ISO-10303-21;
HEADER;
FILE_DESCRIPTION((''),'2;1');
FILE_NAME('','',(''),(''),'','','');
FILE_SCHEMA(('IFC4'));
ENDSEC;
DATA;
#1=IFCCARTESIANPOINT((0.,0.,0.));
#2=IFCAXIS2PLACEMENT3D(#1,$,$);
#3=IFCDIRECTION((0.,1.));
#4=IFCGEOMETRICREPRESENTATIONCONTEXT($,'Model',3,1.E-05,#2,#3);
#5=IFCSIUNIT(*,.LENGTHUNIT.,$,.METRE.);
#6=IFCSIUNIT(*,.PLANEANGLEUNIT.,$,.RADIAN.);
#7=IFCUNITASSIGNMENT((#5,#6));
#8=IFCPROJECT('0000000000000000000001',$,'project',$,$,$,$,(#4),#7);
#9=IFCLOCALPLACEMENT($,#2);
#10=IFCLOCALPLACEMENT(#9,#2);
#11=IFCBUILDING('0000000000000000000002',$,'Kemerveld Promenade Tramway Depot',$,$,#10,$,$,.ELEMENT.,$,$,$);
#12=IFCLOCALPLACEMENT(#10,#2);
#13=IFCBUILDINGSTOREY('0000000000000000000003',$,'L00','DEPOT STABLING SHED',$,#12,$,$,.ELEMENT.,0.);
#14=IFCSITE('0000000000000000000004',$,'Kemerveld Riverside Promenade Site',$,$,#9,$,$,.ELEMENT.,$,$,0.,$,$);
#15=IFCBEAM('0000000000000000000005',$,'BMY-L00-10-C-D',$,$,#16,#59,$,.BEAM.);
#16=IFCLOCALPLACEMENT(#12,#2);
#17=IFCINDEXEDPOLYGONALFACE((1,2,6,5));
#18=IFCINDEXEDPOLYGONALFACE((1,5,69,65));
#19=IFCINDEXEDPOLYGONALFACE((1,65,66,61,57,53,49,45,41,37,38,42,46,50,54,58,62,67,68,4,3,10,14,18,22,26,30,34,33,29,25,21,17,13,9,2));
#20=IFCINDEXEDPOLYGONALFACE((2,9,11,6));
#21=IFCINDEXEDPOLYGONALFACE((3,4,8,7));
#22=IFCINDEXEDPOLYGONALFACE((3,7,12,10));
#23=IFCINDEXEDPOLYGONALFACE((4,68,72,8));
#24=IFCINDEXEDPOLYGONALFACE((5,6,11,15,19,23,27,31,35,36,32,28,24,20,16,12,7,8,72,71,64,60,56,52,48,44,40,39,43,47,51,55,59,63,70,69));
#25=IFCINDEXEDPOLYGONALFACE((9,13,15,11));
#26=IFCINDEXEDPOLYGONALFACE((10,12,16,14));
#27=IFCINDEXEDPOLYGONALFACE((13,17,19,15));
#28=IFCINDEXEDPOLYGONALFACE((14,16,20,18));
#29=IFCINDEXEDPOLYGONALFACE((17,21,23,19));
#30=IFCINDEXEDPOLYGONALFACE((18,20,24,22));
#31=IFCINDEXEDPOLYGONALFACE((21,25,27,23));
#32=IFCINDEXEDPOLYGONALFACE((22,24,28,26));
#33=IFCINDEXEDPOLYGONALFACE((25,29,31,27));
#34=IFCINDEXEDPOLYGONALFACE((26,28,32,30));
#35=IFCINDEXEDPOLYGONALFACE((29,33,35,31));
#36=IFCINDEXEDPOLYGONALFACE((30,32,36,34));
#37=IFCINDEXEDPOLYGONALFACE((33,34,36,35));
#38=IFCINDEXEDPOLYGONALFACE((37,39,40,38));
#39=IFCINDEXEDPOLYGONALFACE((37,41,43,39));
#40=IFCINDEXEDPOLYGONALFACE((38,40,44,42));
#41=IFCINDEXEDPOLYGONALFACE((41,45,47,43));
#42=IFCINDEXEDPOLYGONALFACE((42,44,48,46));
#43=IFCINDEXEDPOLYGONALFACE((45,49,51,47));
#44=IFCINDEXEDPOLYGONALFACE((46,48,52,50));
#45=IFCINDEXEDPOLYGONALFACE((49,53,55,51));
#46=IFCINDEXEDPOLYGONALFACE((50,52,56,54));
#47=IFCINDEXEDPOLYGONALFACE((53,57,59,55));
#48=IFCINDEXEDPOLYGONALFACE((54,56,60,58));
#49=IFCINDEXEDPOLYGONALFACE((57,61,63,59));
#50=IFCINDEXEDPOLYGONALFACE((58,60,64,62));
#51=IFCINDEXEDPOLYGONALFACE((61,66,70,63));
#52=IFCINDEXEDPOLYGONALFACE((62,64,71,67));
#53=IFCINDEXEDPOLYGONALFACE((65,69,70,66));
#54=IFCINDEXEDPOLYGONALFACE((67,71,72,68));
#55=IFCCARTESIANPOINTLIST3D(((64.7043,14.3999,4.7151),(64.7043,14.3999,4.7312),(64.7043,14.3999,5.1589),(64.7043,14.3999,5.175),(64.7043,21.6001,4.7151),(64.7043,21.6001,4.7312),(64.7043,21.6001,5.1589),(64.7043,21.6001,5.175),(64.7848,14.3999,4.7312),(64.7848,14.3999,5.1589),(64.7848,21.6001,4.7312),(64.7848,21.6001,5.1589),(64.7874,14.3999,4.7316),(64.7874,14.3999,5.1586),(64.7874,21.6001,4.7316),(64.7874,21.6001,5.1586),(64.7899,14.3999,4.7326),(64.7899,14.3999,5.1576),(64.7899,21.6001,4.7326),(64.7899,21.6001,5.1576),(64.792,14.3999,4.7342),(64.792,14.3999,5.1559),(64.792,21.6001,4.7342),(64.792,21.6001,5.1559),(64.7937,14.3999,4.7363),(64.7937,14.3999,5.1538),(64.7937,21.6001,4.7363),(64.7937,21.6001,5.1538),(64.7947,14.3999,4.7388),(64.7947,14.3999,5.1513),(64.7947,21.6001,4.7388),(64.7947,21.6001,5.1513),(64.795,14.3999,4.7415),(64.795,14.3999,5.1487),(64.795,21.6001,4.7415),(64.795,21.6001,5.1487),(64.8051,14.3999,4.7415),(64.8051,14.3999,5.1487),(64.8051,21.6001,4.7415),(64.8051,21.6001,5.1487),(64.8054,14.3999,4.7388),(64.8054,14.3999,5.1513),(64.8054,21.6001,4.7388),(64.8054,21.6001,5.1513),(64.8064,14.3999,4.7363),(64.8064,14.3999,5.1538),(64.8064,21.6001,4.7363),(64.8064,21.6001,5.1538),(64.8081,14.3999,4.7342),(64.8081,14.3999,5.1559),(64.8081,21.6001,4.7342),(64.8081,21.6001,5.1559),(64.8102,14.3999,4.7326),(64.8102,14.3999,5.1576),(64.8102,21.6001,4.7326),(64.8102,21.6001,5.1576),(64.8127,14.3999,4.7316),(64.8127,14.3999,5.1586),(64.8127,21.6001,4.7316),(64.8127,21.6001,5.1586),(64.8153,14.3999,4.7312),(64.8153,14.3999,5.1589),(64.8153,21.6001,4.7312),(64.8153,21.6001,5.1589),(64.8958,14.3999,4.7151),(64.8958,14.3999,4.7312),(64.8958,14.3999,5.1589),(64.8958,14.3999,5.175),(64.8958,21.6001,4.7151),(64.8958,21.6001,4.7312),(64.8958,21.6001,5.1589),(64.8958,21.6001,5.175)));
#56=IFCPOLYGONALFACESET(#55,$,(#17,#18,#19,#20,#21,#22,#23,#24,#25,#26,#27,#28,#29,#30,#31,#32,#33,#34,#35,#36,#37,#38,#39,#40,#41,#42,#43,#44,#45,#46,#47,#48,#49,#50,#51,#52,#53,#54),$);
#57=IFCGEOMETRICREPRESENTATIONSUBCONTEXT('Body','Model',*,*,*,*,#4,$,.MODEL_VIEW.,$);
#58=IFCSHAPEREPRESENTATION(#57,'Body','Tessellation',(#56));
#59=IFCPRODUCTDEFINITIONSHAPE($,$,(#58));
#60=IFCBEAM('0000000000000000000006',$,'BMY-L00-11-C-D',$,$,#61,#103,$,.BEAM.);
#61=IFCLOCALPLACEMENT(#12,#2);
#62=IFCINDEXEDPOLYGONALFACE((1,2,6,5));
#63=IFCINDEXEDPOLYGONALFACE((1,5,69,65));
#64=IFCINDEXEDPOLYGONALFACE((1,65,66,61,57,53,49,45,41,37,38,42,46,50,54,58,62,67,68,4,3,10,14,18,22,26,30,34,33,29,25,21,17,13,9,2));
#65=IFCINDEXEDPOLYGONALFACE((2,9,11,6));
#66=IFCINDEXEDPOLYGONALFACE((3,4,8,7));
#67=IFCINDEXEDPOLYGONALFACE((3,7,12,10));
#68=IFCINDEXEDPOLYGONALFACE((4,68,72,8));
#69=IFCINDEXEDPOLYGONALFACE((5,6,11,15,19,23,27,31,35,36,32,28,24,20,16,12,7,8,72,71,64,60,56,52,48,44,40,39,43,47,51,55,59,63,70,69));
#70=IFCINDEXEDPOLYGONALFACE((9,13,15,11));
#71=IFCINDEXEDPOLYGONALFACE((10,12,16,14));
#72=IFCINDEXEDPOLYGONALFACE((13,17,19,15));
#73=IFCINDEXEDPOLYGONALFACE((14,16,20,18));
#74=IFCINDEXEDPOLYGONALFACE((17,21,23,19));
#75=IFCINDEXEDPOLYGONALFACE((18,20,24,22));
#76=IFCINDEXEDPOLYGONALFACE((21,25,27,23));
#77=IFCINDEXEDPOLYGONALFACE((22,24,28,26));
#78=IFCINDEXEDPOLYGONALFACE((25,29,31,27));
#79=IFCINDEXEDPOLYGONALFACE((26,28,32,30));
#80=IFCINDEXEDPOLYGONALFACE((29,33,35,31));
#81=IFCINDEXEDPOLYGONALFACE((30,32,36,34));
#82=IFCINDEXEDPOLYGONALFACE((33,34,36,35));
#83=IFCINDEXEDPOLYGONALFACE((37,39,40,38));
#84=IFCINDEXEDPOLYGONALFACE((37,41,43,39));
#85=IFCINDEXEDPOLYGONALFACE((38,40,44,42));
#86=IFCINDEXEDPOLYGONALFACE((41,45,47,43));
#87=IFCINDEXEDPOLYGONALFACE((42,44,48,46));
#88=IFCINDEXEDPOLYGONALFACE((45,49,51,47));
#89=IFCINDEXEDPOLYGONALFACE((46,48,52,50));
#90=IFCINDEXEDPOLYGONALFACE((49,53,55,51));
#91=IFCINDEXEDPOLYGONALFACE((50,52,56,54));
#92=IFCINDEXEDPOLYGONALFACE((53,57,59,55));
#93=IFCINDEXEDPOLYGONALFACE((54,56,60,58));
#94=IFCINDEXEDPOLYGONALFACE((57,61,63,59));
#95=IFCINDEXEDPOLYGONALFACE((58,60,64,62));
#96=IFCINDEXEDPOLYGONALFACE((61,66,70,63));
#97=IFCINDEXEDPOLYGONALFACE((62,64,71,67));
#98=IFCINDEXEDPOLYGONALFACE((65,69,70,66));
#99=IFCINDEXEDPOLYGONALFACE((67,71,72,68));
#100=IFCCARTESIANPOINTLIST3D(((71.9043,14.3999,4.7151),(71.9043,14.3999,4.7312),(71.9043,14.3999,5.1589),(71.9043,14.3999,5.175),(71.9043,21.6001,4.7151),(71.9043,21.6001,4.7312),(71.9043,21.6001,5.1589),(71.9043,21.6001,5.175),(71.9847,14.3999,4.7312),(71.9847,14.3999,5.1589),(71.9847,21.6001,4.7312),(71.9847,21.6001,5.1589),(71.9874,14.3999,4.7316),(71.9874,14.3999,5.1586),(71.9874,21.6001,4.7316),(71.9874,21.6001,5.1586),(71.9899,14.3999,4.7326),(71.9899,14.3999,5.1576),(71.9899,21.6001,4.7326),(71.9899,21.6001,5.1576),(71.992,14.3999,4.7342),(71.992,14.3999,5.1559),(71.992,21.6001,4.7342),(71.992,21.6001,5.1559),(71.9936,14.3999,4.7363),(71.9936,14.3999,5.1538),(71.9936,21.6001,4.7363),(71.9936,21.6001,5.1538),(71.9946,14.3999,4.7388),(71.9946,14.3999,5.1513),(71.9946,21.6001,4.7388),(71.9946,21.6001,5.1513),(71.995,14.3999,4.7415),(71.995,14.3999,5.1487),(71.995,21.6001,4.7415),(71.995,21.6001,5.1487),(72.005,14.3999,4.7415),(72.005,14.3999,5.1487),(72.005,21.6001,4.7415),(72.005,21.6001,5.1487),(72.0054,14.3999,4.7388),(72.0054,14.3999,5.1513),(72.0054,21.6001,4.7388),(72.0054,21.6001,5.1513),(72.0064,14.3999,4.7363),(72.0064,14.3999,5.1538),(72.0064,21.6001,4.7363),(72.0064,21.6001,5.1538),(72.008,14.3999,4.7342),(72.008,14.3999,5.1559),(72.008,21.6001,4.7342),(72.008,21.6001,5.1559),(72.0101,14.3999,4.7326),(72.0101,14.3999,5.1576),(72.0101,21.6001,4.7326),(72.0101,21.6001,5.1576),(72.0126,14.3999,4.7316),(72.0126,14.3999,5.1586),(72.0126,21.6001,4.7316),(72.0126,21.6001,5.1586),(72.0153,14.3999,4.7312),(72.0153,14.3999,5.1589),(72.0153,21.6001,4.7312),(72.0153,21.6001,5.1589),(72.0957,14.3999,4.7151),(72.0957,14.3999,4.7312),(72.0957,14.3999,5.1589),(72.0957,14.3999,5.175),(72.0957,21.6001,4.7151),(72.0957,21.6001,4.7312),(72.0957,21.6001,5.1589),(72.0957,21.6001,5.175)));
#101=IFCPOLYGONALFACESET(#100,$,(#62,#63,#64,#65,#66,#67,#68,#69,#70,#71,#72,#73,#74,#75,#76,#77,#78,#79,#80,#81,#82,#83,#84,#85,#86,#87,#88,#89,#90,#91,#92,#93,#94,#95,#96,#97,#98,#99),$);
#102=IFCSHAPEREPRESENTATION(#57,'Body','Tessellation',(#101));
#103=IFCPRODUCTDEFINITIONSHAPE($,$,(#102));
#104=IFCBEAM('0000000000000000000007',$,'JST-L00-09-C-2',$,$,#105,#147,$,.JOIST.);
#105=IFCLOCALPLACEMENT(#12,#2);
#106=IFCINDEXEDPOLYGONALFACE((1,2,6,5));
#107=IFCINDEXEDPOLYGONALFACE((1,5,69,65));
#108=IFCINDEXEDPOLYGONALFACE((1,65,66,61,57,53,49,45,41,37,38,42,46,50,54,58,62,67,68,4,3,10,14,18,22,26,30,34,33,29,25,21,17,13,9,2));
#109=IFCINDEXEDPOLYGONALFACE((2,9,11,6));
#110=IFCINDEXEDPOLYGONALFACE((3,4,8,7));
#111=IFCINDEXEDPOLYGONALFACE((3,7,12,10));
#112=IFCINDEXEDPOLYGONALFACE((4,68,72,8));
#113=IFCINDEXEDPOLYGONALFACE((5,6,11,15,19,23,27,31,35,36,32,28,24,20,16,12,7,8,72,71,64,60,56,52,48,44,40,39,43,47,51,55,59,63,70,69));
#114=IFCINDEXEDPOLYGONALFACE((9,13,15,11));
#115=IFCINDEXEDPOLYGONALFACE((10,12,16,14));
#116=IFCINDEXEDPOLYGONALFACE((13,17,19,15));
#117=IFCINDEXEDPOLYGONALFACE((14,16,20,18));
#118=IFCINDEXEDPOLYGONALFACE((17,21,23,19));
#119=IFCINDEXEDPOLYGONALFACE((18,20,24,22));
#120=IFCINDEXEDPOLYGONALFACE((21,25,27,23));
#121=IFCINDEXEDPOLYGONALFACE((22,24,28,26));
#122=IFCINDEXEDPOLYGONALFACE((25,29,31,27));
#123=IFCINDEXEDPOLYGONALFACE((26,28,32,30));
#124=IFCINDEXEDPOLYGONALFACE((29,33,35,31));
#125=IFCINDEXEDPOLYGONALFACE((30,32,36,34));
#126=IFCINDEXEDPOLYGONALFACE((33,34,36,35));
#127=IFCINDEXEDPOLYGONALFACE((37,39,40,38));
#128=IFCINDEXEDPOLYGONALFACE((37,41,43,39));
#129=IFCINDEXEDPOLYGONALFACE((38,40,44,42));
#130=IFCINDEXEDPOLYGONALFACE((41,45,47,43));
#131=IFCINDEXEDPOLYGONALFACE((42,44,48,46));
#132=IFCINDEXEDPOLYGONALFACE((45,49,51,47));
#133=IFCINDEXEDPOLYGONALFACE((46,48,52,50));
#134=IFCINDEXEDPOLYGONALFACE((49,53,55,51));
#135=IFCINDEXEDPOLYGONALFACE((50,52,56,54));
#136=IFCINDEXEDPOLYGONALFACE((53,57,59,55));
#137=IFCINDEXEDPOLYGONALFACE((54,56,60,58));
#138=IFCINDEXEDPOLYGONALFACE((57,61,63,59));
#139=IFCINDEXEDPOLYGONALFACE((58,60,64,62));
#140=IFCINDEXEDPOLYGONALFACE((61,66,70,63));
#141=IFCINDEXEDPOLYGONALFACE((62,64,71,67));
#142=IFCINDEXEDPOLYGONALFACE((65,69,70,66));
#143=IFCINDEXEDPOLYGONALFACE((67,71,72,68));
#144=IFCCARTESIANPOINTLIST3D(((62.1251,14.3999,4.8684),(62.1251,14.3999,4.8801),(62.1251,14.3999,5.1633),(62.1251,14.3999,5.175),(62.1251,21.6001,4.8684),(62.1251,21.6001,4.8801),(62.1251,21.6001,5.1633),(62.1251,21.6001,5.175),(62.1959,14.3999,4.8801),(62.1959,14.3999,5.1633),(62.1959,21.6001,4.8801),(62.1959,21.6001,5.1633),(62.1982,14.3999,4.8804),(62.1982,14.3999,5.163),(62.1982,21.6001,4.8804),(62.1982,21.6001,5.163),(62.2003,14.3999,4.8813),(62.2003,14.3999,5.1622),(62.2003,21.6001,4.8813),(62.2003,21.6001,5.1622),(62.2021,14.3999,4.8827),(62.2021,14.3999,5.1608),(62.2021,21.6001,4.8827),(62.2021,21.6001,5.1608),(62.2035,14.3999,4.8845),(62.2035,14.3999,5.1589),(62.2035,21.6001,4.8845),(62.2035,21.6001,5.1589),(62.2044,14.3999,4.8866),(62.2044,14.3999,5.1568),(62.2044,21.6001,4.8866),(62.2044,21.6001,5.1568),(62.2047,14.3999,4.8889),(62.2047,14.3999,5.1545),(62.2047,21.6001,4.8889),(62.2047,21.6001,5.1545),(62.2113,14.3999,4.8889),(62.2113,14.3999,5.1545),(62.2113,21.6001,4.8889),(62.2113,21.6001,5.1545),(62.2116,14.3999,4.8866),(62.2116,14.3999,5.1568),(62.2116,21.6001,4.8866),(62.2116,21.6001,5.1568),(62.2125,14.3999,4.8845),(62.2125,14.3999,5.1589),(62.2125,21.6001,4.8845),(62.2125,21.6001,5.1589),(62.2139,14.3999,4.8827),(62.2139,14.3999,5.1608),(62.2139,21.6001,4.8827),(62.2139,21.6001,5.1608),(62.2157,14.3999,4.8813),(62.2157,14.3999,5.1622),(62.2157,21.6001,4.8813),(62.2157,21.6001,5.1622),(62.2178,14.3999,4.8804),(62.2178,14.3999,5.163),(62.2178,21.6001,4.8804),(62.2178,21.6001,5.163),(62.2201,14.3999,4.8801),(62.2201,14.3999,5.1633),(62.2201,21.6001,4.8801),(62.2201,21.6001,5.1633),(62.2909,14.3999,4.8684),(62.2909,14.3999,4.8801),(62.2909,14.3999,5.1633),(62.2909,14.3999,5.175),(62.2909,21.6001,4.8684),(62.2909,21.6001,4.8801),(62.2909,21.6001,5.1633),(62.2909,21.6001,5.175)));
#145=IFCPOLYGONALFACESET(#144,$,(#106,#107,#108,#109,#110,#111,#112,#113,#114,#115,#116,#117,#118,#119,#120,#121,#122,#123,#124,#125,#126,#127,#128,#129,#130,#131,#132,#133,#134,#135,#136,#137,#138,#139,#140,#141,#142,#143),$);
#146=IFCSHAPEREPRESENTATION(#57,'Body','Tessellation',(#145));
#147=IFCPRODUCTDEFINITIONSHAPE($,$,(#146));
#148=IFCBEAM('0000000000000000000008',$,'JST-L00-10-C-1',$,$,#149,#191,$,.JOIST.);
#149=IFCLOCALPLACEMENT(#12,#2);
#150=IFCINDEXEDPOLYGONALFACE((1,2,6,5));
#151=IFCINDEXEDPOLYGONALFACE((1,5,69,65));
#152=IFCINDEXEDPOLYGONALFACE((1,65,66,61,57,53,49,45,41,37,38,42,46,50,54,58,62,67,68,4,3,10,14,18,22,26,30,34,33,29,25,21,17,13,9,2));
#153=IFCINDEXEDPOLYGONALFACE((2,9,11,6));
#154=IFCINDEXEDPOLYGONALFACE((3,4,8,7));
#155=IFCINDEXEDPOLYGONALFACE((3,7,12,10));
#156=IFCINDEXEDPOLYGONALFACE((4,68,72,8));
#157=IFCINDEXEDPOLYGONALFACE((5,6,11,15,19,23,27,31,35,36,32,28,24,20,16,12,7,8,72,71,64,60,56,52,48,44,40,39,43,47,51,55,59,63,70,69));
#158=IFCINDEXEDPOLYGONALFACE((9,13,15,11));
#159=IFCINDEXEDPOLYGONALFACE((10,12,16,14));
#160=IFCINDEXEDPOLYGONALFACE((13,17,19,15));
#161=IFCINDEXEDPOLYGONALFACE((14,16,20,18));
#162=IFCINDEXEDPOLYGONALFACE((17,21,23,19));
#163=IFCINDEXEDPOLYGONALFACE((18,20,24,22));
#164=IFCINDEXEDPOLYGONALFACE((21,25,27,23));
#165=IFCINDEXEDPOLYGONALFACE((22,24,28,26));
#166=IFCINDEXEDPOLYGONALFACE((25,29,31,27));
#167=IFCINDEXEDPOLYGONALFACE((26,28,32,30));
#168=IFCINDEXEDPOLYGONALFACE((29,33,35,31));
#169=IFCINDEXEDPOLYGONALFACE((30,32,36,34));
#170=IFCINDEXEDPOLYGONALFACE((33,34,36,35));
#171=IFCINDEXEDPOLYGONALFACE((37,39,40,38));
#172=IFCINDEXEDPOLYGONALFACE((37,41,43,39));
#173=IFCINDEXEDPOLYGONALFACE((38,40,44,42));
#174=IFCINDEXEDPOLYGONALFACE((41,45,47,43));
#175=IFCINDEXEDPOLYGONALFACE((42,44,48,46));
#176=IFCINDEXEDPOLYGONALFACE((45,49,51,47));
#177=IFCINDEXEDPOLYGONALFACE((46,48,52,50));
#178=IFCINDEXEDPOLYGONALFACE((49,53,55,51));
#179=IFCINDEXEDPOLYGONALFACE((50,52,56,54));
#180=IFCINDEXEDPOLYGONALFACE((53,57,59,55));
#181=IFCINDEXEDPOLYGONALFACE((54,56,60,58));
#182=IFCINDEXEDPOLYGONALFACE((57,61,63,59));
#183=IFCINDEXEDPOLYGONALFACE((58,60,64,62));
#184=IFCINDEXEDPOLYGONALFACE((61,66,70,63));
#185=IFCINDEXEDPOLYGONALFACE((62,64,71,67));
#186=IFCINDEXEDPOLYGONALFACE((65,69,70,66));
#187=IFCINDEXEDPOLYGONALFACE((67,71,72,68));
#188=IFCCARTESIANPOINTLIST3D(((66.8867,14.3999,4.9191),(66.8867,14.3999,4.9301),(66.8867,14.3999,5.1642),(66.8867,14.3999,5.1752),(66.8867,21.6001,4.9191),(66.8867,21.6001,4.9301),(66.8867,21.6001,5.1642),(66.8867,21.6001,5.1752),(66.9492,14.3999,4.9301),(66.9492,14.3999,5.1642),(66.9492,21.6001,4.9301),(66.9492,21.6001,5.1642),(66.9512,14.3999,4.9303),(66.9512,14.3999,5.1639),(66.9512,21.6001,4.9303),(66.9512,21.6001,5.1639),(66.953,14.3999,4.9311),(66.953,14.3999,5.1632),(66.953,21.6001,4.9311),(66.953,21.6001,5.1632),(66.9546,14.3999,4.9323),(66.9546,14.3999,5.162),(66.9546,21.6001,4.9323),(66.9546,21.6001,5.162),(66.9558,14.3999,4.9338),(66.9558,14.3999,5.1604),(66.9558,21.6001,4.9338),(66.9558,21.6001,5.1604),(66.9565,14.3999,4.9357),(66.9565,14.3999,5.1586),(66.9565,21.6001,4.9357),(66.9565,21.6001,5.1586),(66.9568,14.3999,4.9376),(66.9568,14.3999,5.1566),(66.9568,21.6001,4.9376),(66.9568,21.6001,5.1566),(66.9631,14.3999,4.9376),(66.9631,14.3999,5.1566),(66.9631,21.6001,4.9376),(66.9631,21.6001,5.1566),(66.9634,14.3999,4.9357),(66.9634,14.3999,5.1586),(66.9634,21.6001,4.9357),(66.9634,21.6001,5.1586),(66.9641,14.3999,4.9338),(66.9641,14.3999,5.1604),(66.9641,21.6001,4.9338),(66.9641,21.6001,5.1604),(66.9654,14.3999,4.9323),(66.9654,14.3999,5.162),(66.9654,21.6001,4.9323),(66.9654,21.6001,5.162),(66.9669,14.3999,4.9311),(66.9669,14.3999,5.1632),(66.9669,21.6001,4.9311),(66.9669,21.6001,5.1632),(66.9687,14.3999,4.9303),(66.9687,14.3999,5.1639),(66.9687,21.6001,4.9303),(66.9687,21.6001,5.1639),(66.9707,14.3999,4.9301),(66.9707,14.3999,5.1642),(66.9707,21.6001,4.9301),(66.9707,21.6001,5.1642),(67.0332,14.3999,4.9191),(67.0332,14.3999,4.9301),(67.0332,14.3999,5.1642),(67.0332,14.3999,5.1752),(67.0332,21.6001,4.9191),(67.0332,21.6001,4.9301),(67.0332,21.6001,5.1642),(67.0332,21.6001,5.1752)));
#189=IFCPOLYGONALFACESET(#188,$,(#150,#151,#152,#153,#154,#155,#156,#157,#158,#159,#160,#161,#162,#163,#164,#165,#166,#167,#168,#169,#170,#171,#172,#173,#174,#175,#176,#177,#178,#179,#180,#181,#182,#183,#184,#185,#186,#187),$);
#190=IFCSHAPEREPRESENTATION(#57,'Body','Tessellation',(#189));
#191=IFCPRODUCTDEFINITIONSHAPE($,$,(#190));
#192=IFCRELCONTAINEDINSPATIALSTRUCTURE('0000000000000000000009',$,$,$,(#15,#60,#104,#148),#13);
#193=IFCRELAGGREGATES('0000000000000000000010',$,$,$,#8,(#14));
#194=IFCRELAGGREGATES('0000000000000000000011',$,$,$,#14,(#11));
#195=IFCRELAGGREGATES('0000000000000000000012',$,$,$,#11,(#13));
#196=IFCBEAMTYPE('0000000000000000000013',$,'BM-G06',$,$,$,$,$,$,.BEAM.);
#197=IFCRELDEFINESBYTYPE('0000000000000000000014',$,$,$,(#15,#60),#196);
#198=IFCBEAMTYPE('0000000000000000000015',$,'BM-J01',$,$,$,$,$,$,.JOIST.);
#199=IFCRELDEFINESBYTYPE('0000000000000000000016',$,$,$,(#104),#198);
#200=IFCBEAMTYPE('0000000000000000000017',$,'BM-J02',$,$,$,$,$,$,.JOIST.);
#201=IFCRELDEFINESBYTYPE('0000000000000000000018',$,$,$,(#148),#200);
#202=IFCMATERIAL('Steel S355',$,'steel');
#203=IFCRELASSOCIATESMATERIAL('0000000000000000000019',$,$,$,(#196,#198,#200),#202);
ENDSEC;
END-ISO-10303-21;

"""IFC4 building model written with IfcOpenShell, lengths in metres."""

from ifc_helpers import new_model, si_unit, direction, frame, origin, origin_2d, place, context, subcontext, project, spatial, i_section, extrude, material, material_profile, profile_set, type_object, element, save


model = new_model("IFC4")

# Units and contexts
model_context = context("Model", 3, precision=1e-05, world=origin(), true_north=direction((0.0, 1.0)))
body_context = subcontext(model_context, "Body", "Model", "MODEL_VIEW")
ifc_project = project(units=[si_unit("LENGTHUNIT", "METRE"), si_unit("PLANEANGLEUNIT", "RADIAN")], contexts=[model_context])

# Site, building, storey
site_placement = place(None, origin())
site = spatial("IfcSite", under=ifc_project, at=site_placement, Name="Kemerveld Riverside Promenade Site", CompositionType="ELEMENT", RefElevation=0.0)
building_placement = place(site_placement, origin())
building = spatial("IfcBuilding", under=site, at=building_placement, Name="Kemerveld Promenade Tramway Depot", CompositionType="ELEMENT")
storey_placement = place(building_placement, origin())
storey = spatial("IfcBuildingStorey", under=building, at=storey_placement, Name="L00", Description="DEPOT STABLING SHED", CompositionType="ELEMENT", Elevation=0.0)

# Shared definitions
ifc_material_1 = material(Name="Steel S355", Category="steel")

# Beams
ifc_material_profile_1 = material_profile(ifc_material_1, i_section(OverallWidth=0.1914, OverallDepth=0.46, WebThickness=0.01, FlangeThickness=0.0161, FilletRadius=0.0103, at=origin_2d()), Name="457x191x82 UB")
ifc_profile_set_1 = profile_set([ifc_material_profile_1], Name="Steel S355")
beam_type_1 = type_object("IfcBeamType", Name="BM-G06", PredefinedType="BEAM", material=ifc_profile_set_1)
for number, where, z_axis, x_axis, name in (
    (1, (64.8, 14.3999, 4.9451), (0.0, 1.0, 0.0), (-1.0, 0.0, 0.0), "BMY-L00-10-C-D"),
    (2, (72.0, 14.3999, 4.9451), (0.0, 1.0, 0.0), (-1.0, 0.0, 0.0), "BMY-L00-11-C-D"),
):
    element("IfcBeam", number, at=place(storey_placement, frame(where, z_axis=z_axis, x_axis=x_axis)), inside=storey, type_object=beam_type_1, Name=name, PredefinedType="BEAM", context=body_context, shape_type="SweptSolid", body=[
        extrude(i_section(OverallWidth=0.1914, OverallDepth=0.46, WebThickness=0.01, FlangeThickness=0.0161, FilletRadius=0.0103, at=origin_2d()), origin(), (0.0, 0.0, 1.0), 7.2002),
    ])
ifc_material_profile_2 = material_profile(ifc_material_1, i_section(OverallWidth=0.1658, OverallDepth=0.3066, WebThickness=0.0066, FlangeThickness=0.0117, FilletRadius=0.0088, at=origin_2d()), Name="305x165x46 UB")
ifc_profile_set_2 = profile_set([ifc_material_profile_2], Name="Steel S355")
beam_type_2 = type_object("IfcBeamType", Name="BM-J01", PredefinedType="JOIST", material=ifc_profile_set_2)
beam_placement = place(storey_placement, frame((62.208, 14.3999, 5.0217), z_axis=(0.0, 1.0, 0.0), x_axis=(-1.0, 0.0, 0.0)))
element("IfcBeam", 3, at=beam_placement, inside=storey, type_object=beam_type_2, Name="JST-L00-09-C-2", PredefinedType="JOIST", context=body_context, shape_type="SweptSolid", body=[
    extrude(i_section(OverallWidth=0.1658, OverallDepth=0.3066, WebThickness=0.0066, FlangeThickness=0.0117, FilletRadius=0.0088, at=origin_2d()), origin(), (0.0, 0.0, 1.0), 7.2002),
])
ifc_material_profile_3 = material_profile(ifc_material_1, i_section(OverallWidth=0.1465, OverallDepth=0.2561, WebThickness=0.0063, FlangeThickness=0.011, FilletRadius=0.0076, at=origin_2d()), Name="254x146x37 UB")
ifc_profile_set_3 = profile_set([ifc_material_profile_3], Name="Steel S355")
beam_type_3 = type_object("IfcBeamType", Name="BM-J02", PredefinedType="JOIST", material=ifc_profile_set_3)
for number, where, z_axis, x_axis, name in (
    (4, (66.96, 14.3999, 5.0471), (0.0, 1.0, 0.0), (-1.0, 0.0, 0.0), "JST-L00-10-C-1"),
):
    element("IfcBeam", number, at=place(storey_placement, frame(where, z_axis=z_axis, x_axis=x_axis)), inside=storey, type_object=beam_type_3, Name=name, PredefinedType="JOIST", context=body_context, shape_type="SweptSolid", body=[
        extrude(i_section(OverallWidth=0.1465, OverallDepth=0.2561, WebThickness=0.0063, FlangeThickness=0.011, FilletRadius=0.0076, at=origin_2d()), origin(), (0.0, 0.0, 1.0), 7.2002),
    ])

save(model, "model.ifc")
